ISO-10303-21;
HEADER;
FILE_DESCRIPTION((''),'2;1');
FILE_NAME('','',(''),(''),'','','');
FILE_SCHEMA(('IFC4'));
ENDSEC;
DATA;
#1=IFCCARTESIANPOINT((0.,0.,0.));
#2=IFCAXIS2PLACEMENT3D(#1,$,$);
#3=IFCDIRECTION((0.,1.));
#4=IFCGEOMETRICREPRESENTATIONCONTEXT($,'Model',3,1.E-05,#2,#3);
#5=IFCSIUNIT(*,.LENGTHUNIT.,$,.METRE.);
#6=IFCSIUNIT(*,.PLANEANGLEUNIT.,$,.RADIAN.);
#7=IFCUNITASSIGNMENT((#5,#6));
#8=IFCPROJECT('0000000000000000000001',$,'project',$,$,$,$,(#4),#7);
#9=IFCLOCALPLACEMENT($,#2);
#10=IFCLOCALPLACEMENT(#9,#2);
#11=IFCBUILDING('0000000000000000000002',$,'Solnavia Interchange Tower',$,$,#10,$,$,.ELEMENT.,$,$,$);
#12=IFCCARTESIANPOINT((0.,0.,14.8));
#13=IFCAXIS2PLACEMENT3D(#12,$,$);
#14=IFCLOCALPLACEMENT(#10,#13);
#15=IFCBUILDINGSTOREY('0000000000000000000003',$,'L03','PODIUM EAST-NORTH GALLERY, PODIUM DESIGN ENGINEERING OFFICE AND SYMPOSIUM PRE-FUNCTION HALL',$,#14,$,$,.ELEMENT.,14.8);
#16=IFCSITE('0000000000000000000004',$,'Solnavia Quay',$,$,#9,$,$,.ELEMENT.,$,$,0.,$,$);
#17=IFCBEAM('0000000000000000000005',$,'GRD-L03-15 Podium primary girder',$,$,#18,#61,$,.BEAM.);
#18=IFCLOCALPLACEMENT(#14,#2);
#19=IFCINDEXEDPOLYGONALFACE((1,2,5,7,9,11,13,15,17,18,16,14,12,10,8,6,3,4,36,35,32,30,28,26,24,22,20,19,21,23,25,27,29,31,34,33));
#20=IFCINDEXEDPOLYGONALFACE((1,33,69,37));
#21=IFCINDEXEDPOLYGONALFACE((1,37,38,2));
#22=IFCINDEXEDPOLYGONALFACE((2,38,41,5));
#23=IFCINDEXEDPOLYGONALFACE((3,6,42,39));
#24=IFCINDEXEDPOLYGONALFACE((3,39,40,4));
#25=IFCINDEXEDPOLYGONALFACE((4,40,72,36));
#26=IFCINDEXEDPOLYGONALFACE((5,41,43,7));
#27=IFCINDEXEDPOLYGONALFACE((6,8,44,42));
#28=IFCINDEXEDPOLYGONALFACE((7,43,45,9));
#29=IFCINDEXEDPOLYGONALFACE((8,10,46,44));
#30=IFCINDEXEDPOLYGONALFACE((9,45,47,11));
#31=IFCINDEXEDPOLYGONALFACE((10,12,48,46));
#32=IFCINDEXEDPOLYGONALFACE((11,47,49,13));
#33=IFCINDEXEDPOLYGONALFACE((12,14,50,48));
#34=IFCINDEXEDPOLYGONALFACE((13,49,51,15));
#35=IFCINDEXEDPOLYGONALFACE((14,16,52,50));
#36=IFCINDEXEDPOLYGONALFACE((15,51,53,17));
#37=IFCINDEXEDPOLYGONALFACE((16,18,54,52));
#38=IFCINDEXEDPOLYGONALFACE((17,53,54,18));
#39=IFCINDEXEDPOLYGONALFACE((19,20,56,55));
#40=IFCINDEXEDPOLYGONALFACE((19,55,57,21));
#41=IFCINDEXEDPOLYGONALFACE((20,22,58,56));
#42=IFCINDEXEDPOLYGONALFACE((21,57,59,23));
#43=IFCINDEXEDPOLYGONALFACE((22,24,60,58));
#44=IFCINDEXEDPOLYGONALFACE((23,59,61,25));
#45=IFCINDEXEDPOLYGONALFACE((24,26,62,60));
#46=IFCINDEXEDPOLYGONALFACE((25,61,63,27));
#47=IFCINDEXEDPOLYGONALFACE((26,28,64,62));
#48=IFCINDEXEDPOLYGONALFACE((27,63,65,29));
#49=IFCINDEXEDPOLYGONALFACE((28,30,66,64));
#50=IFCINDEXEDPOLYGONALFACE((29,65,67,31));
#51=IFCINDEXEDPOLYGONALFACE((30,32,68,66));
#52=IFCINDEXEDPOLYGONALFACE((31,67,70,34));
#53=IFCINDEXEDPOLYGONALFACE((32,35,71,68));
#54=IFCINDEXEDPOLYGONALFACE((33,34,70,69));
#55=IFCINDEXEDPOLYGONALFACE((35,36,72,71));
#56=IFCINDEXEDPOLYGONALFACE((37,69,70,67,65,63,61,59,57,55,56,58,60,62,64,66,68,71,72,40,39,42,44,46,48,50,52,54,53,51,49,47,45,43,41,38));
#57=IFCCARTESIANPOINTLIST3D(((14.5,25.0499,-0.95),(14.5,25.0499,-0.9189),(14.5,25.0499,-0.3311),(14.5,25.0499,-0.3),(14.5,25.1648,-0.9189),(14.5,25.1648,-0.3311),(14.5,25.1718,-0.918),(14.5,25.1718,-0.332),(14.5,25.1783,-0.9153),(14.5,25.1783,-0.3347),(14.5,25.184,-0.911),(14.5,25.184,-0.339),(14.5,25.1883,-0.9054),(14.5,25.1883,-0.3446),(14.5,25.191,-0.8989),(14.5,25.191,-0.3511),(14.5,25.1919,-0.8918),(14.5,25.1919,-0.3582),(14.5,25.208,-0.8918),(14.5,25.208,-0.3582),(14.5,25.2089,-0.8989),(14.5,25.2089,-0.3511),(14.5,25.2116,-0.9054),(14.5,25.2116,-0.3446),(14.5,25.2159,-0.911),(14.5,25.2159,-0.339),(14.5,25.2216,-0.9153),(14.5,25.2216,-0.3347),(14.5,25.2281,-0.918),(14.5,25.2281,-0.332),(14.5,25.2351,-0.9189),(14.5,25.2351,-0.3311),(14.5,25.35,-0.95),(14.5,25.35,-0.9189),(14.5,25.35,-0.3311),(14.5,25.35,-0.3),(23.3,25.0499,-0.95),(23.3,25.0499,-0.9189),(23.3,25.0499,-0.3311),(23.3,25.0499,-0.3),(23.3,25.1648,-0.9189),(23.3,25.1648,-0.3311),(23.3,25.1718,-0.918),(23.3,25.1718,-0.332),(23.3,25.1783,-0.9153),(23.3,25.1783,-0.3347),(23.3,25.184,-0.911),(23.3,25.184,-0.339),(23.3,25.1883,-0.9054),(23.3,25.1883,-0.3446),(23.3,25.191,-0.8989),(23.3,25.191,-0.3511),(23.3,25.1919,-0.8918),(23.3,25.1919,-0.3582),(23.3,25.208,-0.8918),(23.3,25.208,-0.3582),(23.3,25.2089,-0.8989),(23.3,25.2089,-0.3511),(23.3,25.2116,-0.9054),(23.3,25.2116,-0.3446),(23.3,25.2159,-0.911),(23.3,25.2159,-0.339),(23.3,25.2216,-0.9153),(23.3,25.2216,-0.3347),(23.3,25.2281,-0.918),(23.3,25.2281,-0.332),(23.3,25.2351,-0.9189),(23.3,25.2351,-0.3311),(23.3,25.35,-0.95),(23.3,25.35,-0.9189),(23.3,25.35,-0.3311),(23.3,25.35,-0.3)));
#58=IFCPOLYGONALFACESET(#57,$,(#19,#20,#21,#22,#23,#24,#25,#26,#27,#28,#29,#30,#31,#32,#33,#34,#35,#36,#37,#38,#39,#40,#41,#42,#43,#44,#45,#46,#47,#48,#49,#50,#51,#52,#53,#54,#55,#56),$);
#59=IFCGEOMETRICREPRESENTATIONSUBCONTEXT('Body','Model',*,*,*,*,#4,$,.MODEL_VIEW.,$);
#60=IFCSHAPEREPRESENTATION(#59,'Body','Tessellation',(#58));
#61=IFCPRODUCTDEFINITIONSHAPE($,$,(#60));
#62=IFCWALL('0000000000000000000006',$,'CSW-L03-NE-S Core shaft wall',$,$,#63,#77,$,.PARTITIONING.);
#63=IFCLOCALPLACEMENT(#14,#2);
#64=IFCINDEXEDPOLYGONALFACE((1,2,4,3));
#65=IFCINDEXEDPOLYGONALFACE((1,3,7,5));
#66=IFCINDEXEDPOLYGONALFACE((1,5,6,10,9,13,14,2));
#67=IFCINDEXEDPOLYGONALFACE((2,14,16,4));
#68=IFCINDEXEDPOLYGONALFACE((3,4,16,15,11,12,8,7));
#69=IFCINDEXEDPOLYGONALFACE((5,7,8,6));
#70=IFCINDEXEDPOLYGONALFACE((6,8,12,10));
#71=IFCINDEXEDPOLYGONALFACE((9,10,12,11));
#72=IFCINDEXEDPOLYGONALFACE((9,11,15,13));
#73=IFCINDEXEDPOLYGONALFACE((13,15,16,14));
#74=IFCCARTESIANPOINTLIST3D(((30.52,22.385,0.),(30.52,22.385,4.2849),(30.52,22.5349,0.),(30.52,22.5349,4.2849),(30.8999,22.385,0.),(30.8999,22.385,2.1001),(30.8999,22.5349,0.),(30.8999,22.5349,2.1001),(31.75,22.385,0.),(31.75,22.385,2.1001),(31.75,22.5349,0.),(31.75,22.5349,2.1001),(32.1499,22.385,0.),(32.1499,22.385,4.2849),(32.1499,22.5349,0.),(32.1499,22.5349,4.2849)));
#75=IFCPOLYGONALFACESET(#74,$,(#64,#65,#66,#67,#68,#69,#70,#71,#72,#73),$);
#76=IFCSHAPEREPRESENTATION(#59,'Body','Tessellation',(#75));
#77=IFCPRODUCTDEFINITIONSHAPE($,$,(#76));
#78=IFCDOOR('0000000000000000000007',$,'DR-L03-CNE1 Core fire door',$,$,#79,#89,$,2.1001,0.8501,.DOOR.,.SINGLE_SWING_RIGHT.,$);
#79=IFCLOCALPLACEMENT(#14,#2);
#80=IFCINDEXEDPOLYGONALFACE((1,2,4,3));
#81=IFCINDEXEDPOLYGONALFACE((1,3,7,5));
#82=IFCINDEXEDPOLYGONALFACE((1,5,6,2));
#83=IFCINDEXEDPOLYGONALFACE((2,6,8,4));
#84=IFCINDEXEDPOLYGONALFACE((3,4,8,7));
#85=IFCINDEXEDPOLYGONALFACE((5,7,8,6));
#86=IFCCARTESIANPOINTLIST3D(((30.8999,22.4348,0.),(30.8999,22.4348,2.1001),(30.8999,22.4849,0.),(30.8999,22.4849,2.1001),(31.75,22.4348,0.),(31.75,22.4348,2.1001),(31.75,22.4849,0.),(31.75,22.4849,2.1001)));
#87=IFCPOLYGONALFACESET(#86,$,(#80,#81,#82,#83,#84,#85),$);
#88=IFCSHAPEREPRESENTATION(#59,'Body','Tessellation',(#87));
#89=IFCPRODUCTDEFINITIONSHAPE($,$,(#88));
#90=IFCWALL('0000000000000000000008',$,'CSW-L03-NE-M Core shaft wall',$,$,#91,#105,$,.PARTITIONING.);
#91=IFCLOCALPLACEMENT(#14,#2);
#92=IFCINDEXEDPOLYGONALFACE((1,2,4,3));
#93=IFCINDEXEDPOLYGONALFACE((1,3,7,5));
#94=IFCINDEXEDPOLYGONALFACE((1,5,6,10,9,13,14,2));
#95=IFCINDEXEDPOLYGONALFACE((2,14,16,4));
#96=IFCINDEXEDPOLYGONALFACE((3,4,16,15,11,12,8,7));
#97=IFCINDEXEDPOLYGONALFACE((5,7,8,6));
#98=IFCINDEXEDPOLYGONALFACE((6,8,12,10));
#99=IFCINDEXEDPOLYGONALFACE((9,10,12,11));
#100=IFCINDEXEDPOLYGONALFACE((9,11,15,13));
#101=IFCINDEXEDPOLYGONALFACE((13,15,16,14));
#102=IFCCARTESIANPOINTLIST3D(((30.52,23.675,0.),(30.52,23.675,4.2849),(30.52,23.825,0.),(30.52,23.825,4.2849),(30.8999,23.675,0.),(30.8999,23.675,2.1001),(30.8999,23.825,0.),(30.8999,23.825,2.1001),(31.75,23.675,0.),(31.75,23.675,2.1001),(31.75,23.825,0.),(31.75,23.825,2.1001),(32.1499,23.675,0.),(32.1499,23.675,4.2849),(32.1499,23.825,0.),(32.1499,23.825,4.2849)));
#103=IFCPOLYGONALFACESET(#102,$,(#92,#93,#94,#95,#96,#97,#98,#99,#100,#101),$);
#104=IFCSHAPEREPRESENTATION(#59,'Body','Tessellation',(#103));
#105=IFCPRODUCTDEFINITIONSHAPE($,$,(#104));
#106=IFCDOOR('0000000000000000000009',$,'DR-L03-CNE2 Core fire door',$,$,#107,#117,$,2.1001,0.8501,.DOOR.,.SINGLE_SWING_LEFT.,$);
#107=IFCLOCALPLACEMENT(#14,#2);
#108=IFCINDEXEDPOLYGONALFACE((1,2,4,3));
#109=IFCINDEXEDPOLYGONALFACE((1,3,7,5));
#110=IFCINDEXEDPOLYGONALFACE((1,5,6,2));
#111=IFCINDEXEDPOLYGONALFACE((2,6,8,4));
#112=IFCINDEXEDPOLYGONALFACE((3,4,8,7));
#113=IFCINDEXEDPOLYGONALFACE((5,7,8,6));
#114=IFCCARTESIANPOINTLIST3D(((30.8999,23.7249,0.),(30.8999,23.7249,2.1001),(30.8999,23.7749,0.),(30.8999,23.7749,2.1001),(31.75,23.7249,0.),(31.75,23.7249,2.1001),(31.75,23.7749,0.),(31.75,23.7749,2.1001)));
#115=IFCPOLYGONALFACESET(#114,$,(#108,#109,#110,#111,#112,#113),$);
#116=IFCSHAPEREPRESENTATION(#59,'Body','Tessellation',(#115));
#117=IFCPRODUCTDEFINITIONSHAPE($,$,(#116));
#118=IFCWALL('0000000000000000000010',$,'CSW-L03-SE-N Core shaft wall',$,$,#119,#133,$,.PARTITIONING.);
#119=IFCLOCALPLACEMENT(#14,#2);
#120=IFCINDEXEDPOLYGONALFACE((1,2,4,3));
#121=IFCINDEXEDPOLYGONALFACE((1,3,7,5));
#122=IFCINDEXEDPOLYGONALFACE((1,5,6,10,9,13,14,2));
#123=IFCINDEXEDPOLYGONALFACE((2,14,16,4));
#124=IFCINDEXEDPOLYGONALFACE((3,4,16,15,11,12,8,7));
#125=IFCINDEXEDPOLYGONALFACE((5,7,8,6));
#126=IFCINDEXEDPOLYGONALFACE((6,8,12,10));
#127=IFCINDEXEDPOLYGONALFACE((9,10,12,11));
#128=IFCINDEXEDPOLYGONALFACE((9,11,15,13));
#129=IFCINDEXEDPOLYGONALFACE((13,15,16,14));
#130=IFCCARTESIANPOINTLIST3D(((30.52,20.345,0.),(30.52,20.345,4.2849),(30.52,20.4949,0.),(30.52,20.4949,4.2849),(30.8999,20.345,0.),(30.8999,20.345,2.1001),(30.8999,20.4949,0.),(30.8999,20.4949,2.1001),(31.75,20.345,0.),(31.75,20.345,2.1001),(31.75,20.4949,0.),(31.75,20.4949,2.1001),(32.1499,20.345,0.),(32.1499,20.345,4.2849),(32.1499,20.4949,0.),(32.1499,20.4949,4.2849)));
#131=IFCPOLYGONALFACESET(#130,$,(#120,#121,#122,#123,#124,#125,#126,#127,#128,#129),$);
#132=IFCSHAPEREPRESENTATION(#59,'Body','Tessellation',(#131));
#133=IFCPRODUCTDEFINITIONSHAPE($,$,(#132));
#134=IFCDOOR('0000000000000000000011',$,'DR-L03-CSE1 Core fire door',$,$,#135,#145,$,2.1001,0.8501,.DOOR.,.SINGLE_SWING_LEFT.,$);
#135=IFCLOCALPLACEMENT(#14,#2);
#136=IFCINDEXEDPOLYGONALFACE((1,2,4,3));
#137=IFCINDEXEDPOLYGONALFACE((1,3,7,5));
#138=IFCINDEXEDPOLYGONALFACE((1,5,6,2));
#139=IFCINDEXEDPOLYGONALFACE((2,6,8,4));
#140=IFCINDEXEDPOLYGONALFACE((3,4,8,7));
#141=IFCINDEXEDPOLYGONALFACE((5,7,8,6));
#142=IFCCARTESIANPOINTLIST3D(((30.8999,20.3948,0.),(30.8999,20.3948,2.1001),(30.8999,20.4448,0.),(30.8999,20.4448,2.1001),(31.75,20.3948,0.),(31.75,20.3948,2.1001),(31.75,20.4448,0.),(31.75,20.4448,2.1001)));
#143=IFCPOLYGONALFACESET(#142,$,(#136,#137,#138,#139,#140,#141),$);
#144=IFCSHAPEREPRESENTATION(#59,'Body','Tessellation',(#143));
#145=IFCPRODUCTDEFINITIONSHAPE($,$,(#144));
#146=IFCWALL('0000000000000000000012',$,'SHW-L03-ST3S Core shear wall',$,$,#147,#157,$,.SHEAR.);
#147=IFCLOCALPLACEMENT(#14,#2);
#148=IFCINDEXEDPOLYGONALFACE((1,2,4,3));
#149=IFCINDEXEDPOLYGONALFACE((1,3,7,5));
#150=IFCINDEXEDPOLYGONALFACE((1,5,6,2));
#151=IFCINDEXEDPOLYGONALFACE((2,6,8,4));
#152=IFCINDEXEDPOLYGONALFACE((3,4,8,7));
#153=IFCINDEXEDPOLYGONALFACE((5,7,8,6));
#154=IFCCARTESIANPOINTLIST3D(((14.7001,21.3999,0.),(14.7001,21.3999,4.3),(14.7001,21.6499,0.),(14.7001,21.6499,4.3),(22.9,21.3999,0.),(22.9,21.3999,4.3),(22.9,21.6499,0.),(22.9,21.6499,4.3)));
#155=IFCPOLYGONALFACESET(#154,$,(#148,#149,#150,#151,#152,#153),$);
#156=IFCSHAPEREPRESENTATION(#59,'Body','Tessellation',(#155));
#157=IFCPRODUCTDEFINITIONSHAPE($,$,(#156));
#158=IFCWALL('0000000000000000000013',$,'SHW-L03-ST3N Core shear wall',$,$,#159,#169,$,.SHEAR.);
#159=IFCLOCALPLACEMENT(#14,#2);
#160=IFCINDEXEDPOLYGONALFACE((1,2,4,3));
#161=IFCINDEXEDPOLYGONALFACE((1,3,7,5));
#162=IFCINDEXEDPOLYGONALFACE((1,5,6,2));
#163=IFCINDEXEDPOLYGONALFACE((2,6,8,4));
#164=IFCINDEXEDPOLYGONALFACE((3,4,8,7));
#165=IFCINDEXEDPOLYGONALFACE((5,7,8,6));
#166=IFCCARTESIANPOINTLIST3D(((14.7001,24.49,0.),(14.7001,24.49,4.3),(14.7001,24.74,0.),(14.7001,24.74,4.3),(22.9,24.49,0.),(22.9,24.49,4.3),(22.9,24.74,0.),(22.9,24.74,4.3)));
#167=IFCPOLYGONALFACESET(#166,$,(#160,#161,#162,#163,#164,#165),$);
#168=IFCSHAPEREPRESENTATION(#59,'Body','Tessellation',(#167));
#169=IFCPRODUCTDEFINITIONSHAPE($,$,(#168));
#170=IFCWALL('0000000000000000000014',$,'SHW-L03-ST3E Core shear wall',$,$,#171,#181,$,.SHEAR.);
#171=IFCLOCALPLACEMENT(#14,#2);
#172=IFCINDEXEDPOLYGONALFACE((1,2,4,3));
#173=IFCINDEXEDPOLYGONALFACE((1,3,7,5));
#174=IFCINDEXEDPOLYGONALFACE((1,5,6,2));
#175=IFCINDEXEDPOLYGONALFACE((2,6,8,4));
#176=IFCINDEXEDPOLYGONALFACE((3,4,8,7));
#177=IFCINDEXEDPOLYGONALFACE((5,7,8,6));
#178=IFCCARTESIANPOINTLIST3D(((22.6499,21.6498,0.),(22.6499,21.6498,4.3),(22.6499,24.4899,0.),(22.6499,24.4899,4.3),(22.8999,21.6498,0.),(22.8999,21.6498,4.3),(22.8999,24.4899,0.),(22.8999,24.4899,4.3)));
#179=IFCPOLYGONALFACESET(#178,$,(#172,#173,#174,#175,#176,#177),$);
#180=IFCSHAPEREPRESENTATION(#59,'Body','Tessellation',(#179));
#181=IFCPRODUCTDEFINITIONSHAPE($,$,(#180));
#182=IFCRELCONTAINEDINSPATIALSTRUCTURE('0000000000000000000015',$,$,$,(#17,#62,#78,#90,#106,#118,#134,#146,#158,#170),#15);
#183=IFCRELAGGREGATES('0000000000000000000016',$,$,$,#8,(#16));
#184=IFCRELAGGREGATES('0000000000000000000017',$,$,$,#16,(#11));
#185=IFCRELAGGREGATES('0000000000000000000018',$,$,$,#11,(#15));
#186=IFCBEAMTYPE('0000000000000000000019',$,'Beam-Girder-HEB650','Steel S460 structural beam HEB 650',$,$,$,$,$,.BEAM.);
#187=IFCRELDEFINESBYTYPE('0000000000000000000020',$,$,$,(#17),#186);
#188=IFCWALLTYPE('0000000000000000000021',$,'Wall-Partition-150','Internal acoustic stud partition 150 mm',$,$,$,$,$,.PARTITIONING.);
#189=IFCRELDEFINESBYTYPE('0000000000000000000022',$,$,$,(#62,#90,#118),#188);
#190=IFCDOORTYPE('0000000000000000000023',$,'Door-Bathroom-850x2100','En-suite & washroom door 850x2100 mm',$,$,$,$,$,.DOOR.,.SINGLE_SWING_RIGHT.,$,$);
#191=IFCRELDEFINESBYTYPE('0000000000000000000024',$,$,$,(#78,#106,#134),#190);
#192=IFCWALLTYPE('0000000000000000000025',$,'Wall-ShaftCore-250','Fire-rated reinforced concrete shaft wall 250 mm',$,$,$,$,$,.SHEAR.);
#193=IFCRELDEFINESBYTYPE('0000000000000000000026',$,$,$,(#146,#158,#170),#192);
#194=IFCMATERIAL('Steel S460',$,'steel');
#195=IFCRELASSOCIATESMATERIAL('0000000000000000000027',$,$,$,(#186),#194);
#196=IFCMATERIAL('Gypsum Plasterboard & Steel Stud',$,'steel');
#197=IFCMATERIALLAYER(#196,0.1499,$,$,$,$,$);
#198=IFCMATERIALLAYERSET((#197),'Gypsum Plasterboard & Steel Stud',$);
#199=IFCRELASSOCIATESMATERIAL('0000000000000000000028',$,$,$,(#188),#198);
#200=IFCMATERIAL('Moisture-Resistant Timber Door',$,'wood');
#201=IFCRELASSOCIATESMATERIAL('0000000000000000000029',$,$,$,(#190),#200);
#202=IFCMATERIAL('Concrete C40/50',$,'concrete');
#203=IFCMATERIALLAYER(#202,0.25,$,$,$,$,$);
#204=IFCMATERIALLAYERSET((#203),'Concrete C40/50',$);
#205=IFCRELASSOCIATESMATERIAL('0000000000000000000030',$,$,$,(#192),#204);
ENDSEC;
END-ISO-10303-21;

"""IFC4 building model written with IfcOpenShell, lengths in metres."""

from ifc_helpers import new_model, si_unit, direction, frame, frame_2d, origin, origin_2d, place, context, subcontext, project, spatial, rectangle, i_section, extrude, material, layer, layer_set, material_profile, profile_set, type_object, element, fill, save


model = new_model("IFC4")

# Units and contexts
model_context = context("Model", 3, precision=1e-05, world=origin(), true_north=direction((0.0, 1.0)))
body_context = subcontext(model_context, "Body", "Model", "MODEL_VIEW")
ifc_project = project(units=[si_unit("LENGTHUNIT", "METRE"), si_unit("PLANEANGLEUNIT", "RADIAN")], contexts=[model_context])

# Site, building, storey
site_placement = place(None, origin())
site = spatial("IfcSite", under=ifc_project, at=site_placement, Name="Solnavia Quay", CompositionType="ELEMENT", RefElevation=0.0)
building_placement = place(site_placement, origin())
building = spatial("IfcBuilding", under=site, at=building_placement, Name="Solnavia Interchange Tower", CompositionType="ELEMENT")
storey_placement = place(building_placement, frame((0.0, 0.0, 14.8)))
storey = spatial("IfcBuildingStorey", under=building, at=storey_placement, Name="L03", Description="PODIUM EAST-NORTH GALLERY, PODIUM DESIGN ENGINEERING OFFICE AND SYMPOSIUM PRE-FUNCTION HALL", CompositionType="ELEMENT", Elevation=14.8)

# Beam
ifc_material_1 = material(Name="Steel S460", Category="steel")
ifc_material_profile = material_profile(ifc_material_1, i_section(OverallWidth=0.3, OverallDepth=0.6499, WebThickness=0.0161, FlangeThickness=0.031, FilletRadius=0.0271, at=origin_2d()), Name="HEB 650")
ifc_profile_set = profile_set([ifc_material_profile], Name="Steel S460")
beam_type = type_object("IfcBeamType", Name="Beam-Girder-HEB650", Description="Steel S460 structural beam HEB 650", PredefinedType="BEAM", material=ifc_profile_set)
beam_placement = place(storey_placement, frame((14.5, 25.2, -0.625), z_axis=(1.0, 0.0, 0.0), x_axis=(0.0, 1.0, 0.0)))
element("IfcBeam", 1, at=beam_placement, inside=storey, type_object=beam_type, Name="GRD-L03-15 Podium primary girder", PredefinedType="BEAM", context=body_context, shape_type="SweptSolid", body=[
    extrude(i_section(OverallWidth=0.3, OverallDepth=0.6499, WebThickness=0.0161, FlangeThickness=0.031, FilletRadius=0.0271, at=origin_2d()), origin(), (0.0, 0.0, 1.0), 8.8),
])

# Walls, openings, doors
ifc_material_2 = material(Name="Gypsum Plasterboard & Steel Stud", Category="steel")
ifc_layer_1 = layer(ifc_material_2, 0.1499)
ifc_layer_set_1 = layer_set([ifc_layer_1], Name="Gypsum Plasterboard & Steel Stud")
wall_type_1 = type_object("IfcWallType", Name="Wall-Partition-150", Description="Internal acoustic stud partition 150 mm", PredefinedType="PARTITIONING", material=ifc_layer_set_1)
wall_1_placement = place(storey_placement, frame((30.52, 22.46, 0.0), z_axis=(0.0, 0.0, 1.0), x_axis=(1.0, 0.0, 0.0)))
wall_1 = element("IfcWall", 2, at=wall_1_placement, inside=storey, type_object=wall_type_1, Name="CSW-L03-NE-S Core shaft wall", PredefinedType="PARTITIONING", context=body_context, shape_type="SweptSolid", body=[
    extrude(rectangle(XDim=1.6299, YDim=0.1499, at=frame_2d((0.8149, 0.0))), origin(), (0.0, 0.0, 1.0), 4.2849),
])
opening_1_placement = place(wall_1_placement, frame((0.3799, 0.0, 0.0)))
opening_1 = element("IfcOpeningElement", 3, at=opening_1_placement, cuts=wall_1, PredefinedType="OPENING", context=body_context, shape_type="SweptSolid", body=[
    extrude(rectangle(XDim=0.8501, YDim=2.1001, at=frame_2d((0.425, 1.05))), frame((0.0, 0.085, 0.0), z_axis=(0.0, -1.0, 0.0), x_axis=(1.0, 0.0, 0.0)), (0.0, 0.0, 1.0), 0.1699),
])
ifc_material_3 = material(Name="Moisture-Resistant Timber Door", Category="wood")
door_type_1 = type_object("IfcDoorType", Name="Door-Bathroom-850x2100", Description="En-suite & washroom door 850x2100 mm", OperationType="SINGLE_SWING_RIGHT", PredefinedType="DOOR", material=ifc_material_3)
door_1_placement = place(opening_1_placement, origin())
door_1 = element("IfcDoor", 4, at=door_1_placement, inside=storey, type_object=door_type_1, Name="DR-L03-CNE1 Core fire door", OperationType="SINGLE_SWING_RIGHT", OverallHeight=2.1001, OverallWidth=0.8501, PredefinedType="DOOR", context=body_context, shape_type="SweptSolid", body=[
    extrude(rectangle(XDim=0.8501, YDim=2.1001, at=frame_2d((0.425, 1.05))), frame((0.0, 0.0249, 0.0), z_axis=(0.0, -1.0, 0.0), x_axis=(1.0, 0.0, 0.0)), (0.0, 0.0, 1.0), 0.05),
])
fill(opening_1, door_1)
wall_2_placement = place(storey_placement, frame((30.52, 23.75, 0.0), z_axis=(0.0, 0.0, 1.0), x_axis=(1.0, 0.0, 0.0)))
wall_2 = element("IfcWall", 5, at=wall_2_placement, inside=storey, type_object=wall_type_1, Name="CSW-L03-NE-M Core shaft wall", PredefinedType="PARTITIONING", context=body_context, shape_type="SweptSolid", body=[
    extrude(rectangle(XDim=1.6299, YDim=0.1499, at=frame_2d((0.8149, 0.0))), origin(), (0.0, 0.0, 1.0), 4.2849),
])
opening_2_placement = place(wall_2_placement, frame((0.3799, 0.0, 0.0)))
opening_2 = element("IfcOpeningElement", 6, at=opening_2_placement, cuts=wall_2, PredefinedType="OPENING", context=body_context, shape_type="SweptSolid", body=[
    extrude(rectangle(XDim=0.8501, YDim=2.1001, at=frame_2d((0.425, 1.05))), frame((0.0, 0.085, 0.0), z_axis=(0.0, -1.0, 0.0), x_axis=(1.0, 0.0, 0.0)), (0.0, 0.0, 1.0), 0.1699),
])
door_2_placement = place(opening_2_placement, origin())
door_2 = element("IfcDoor", 7, at=door_2_placement, inside=storey, type_object=door_type_1, Name="DR-L03-CNE2 Core fire door", OperationType="SINGLE_SWING_LEFT", OverallHeight=2.1001, OverallWidth=0.8501, PredefinedType="DOOR", context=body_context, shape_type="SweptSolid", body=[
    extrude(rectangle(XDim=0.8501, YDim=2.1001, at=frame_2d((0.425, 1.05))), frame((0.0, 0.0249, 0.0), z_axis=(0.0, -1.0, 0.0), x_axis=(1.0, 0.0, 0.0)), (0.0, 0.0, 1.0), 0.05),
])
fill(opening_2, door_2)
wall_3_placement = place(storey_placement, frame((30.52, 20.4199, 0.0), z_axis=(0.0, 0.0, 1.0), x_axis=(1.0, 0.0, 0.0)))
wall_3 = element("IfcWall", 8, at=wall_3_placement, inside=storey, type_object=wall_type_1, Name="CSW-L03-SE-N Core shaft wall", PredefinedType="PARTITIONING", context=body_context, shape_type="SweptSolid", body=[
    extrude(rectangle(XDim=1.6299, YDim=0.1499, at=frame_2d((0.8149, 0.0))), origin(), (0.0, 0.0, 1.0), 4.2849),
])
opening_3_placement = place(wall_3_placement, frame((0.3799, 0.0, 0.0)))
opening_3 = element("IfcOpeningElement", 9, at=opening_3_placement, cuts=wall_3, PredefinedType="OPENING", context=body_context, shape_type="SweptSolid", body=[
    extrude(rectangle(XDim=0.8501, YDim=2.1001, at=frame_2d((0.425, 1.05))), frame((0.0, 0.085, 0.0), z_axis=(0.0, -1.0, 0.0), x_axis=(1.0, 0.0, 0.0)), (0.0, 0.0, 1.0), 0.1699),
])
door_3_placement = place(opening_3_placement, origin())
door_3 = element("IfcDoor", 10, at=door_3_placement, inside=storey, type_object=door_type_1, Name="DR-L03-CSE1 Core fire door", OperationType="SINGLE_SWING_LEFT", OverallHeight=2.1001, OverallWidth=0.8501, PredefinedType="DOOR", context=body_context, shape_type="SweptSolid", body=[
    extrude(rectangle(XDim=0.8501, YDim=2.1001, at=frame_2d((0.425, 1.05))), frame((0.0, 0.0249, 0.0), z_axis=(0.0, -1.0, 0.0), x_axis=(1.0, 0.0, 0.0)), (0.0, 0.0, 1.0), 0.05),
])
fill(opening_3, door_3)

# Walls
ifc_material_4 = material(Name="Concrete C40/50", Category="concrete")
ifc_layer_2 = layer(ifc_material_4, 0.25)
ifc_layer_set_2 = layer_set([ifc_layer_2], Name="Concrete C40/50")
wall_type_2 = type_object("IfcWallType", Name="Wall-ShaftCore-250", Description="Fire-rated reinforced concrete shaft wall 250 mm", PredefinedType="SHEAR", material=ifc_layer_set_2)
for number, where, z_axis, x_axis, name in (
    (11, (14.7, 21.5249, 0.0), (0.0, 0.0, 1.0), (1.0, 0.0, 0.0), "SHW-L03-ST3S Core shear wall"),
    (12, (14.7, 24.615, 0.0), (0.0, 0.0, 1.0), (1.0, 0.0, 0.0), "SHW-L03-ST3N Core shear wall"),
):
    element("IfcWall", number, at=place(storey_placement, frame(where, z_axis=z_axis, x_axis=x_axis)), inside=storey, type_object=wall_type_2, Name=name, PredefinedType="SHEAR", context=body_context, shape_type="SweptSolid", body=[
        extrude(rectangle(XDim=8.2, YDim=0.25, at=frame_2d((4.1001, 0.0))), origin(), (0.0, 0.0, 1.0), 4.3),
    ])
wall_4_placement = place(storey_placement, frame((22.7749, 21.6499, 0.0), z_axis=(0.0, 0.0, 1.0), x_axis=(0.0, 1.0, 0.0)))
element("IfcWall", 13, at=wall_4_placement, inside=storey, type_object=wall_type_2, Name="SHW-L03-ST3E Core shear wall", PredefinedType="SHEAR", context=body_context, shape_type="SweptSolid", body=[
    extrude(rectangle(XDim=2.8401, YDim=0.25, at=frame_2d((1.4199, 0.0))), origin(), (0.0, 0.0, 1.0), 4.3),
])

save(model, "model.ifc")
